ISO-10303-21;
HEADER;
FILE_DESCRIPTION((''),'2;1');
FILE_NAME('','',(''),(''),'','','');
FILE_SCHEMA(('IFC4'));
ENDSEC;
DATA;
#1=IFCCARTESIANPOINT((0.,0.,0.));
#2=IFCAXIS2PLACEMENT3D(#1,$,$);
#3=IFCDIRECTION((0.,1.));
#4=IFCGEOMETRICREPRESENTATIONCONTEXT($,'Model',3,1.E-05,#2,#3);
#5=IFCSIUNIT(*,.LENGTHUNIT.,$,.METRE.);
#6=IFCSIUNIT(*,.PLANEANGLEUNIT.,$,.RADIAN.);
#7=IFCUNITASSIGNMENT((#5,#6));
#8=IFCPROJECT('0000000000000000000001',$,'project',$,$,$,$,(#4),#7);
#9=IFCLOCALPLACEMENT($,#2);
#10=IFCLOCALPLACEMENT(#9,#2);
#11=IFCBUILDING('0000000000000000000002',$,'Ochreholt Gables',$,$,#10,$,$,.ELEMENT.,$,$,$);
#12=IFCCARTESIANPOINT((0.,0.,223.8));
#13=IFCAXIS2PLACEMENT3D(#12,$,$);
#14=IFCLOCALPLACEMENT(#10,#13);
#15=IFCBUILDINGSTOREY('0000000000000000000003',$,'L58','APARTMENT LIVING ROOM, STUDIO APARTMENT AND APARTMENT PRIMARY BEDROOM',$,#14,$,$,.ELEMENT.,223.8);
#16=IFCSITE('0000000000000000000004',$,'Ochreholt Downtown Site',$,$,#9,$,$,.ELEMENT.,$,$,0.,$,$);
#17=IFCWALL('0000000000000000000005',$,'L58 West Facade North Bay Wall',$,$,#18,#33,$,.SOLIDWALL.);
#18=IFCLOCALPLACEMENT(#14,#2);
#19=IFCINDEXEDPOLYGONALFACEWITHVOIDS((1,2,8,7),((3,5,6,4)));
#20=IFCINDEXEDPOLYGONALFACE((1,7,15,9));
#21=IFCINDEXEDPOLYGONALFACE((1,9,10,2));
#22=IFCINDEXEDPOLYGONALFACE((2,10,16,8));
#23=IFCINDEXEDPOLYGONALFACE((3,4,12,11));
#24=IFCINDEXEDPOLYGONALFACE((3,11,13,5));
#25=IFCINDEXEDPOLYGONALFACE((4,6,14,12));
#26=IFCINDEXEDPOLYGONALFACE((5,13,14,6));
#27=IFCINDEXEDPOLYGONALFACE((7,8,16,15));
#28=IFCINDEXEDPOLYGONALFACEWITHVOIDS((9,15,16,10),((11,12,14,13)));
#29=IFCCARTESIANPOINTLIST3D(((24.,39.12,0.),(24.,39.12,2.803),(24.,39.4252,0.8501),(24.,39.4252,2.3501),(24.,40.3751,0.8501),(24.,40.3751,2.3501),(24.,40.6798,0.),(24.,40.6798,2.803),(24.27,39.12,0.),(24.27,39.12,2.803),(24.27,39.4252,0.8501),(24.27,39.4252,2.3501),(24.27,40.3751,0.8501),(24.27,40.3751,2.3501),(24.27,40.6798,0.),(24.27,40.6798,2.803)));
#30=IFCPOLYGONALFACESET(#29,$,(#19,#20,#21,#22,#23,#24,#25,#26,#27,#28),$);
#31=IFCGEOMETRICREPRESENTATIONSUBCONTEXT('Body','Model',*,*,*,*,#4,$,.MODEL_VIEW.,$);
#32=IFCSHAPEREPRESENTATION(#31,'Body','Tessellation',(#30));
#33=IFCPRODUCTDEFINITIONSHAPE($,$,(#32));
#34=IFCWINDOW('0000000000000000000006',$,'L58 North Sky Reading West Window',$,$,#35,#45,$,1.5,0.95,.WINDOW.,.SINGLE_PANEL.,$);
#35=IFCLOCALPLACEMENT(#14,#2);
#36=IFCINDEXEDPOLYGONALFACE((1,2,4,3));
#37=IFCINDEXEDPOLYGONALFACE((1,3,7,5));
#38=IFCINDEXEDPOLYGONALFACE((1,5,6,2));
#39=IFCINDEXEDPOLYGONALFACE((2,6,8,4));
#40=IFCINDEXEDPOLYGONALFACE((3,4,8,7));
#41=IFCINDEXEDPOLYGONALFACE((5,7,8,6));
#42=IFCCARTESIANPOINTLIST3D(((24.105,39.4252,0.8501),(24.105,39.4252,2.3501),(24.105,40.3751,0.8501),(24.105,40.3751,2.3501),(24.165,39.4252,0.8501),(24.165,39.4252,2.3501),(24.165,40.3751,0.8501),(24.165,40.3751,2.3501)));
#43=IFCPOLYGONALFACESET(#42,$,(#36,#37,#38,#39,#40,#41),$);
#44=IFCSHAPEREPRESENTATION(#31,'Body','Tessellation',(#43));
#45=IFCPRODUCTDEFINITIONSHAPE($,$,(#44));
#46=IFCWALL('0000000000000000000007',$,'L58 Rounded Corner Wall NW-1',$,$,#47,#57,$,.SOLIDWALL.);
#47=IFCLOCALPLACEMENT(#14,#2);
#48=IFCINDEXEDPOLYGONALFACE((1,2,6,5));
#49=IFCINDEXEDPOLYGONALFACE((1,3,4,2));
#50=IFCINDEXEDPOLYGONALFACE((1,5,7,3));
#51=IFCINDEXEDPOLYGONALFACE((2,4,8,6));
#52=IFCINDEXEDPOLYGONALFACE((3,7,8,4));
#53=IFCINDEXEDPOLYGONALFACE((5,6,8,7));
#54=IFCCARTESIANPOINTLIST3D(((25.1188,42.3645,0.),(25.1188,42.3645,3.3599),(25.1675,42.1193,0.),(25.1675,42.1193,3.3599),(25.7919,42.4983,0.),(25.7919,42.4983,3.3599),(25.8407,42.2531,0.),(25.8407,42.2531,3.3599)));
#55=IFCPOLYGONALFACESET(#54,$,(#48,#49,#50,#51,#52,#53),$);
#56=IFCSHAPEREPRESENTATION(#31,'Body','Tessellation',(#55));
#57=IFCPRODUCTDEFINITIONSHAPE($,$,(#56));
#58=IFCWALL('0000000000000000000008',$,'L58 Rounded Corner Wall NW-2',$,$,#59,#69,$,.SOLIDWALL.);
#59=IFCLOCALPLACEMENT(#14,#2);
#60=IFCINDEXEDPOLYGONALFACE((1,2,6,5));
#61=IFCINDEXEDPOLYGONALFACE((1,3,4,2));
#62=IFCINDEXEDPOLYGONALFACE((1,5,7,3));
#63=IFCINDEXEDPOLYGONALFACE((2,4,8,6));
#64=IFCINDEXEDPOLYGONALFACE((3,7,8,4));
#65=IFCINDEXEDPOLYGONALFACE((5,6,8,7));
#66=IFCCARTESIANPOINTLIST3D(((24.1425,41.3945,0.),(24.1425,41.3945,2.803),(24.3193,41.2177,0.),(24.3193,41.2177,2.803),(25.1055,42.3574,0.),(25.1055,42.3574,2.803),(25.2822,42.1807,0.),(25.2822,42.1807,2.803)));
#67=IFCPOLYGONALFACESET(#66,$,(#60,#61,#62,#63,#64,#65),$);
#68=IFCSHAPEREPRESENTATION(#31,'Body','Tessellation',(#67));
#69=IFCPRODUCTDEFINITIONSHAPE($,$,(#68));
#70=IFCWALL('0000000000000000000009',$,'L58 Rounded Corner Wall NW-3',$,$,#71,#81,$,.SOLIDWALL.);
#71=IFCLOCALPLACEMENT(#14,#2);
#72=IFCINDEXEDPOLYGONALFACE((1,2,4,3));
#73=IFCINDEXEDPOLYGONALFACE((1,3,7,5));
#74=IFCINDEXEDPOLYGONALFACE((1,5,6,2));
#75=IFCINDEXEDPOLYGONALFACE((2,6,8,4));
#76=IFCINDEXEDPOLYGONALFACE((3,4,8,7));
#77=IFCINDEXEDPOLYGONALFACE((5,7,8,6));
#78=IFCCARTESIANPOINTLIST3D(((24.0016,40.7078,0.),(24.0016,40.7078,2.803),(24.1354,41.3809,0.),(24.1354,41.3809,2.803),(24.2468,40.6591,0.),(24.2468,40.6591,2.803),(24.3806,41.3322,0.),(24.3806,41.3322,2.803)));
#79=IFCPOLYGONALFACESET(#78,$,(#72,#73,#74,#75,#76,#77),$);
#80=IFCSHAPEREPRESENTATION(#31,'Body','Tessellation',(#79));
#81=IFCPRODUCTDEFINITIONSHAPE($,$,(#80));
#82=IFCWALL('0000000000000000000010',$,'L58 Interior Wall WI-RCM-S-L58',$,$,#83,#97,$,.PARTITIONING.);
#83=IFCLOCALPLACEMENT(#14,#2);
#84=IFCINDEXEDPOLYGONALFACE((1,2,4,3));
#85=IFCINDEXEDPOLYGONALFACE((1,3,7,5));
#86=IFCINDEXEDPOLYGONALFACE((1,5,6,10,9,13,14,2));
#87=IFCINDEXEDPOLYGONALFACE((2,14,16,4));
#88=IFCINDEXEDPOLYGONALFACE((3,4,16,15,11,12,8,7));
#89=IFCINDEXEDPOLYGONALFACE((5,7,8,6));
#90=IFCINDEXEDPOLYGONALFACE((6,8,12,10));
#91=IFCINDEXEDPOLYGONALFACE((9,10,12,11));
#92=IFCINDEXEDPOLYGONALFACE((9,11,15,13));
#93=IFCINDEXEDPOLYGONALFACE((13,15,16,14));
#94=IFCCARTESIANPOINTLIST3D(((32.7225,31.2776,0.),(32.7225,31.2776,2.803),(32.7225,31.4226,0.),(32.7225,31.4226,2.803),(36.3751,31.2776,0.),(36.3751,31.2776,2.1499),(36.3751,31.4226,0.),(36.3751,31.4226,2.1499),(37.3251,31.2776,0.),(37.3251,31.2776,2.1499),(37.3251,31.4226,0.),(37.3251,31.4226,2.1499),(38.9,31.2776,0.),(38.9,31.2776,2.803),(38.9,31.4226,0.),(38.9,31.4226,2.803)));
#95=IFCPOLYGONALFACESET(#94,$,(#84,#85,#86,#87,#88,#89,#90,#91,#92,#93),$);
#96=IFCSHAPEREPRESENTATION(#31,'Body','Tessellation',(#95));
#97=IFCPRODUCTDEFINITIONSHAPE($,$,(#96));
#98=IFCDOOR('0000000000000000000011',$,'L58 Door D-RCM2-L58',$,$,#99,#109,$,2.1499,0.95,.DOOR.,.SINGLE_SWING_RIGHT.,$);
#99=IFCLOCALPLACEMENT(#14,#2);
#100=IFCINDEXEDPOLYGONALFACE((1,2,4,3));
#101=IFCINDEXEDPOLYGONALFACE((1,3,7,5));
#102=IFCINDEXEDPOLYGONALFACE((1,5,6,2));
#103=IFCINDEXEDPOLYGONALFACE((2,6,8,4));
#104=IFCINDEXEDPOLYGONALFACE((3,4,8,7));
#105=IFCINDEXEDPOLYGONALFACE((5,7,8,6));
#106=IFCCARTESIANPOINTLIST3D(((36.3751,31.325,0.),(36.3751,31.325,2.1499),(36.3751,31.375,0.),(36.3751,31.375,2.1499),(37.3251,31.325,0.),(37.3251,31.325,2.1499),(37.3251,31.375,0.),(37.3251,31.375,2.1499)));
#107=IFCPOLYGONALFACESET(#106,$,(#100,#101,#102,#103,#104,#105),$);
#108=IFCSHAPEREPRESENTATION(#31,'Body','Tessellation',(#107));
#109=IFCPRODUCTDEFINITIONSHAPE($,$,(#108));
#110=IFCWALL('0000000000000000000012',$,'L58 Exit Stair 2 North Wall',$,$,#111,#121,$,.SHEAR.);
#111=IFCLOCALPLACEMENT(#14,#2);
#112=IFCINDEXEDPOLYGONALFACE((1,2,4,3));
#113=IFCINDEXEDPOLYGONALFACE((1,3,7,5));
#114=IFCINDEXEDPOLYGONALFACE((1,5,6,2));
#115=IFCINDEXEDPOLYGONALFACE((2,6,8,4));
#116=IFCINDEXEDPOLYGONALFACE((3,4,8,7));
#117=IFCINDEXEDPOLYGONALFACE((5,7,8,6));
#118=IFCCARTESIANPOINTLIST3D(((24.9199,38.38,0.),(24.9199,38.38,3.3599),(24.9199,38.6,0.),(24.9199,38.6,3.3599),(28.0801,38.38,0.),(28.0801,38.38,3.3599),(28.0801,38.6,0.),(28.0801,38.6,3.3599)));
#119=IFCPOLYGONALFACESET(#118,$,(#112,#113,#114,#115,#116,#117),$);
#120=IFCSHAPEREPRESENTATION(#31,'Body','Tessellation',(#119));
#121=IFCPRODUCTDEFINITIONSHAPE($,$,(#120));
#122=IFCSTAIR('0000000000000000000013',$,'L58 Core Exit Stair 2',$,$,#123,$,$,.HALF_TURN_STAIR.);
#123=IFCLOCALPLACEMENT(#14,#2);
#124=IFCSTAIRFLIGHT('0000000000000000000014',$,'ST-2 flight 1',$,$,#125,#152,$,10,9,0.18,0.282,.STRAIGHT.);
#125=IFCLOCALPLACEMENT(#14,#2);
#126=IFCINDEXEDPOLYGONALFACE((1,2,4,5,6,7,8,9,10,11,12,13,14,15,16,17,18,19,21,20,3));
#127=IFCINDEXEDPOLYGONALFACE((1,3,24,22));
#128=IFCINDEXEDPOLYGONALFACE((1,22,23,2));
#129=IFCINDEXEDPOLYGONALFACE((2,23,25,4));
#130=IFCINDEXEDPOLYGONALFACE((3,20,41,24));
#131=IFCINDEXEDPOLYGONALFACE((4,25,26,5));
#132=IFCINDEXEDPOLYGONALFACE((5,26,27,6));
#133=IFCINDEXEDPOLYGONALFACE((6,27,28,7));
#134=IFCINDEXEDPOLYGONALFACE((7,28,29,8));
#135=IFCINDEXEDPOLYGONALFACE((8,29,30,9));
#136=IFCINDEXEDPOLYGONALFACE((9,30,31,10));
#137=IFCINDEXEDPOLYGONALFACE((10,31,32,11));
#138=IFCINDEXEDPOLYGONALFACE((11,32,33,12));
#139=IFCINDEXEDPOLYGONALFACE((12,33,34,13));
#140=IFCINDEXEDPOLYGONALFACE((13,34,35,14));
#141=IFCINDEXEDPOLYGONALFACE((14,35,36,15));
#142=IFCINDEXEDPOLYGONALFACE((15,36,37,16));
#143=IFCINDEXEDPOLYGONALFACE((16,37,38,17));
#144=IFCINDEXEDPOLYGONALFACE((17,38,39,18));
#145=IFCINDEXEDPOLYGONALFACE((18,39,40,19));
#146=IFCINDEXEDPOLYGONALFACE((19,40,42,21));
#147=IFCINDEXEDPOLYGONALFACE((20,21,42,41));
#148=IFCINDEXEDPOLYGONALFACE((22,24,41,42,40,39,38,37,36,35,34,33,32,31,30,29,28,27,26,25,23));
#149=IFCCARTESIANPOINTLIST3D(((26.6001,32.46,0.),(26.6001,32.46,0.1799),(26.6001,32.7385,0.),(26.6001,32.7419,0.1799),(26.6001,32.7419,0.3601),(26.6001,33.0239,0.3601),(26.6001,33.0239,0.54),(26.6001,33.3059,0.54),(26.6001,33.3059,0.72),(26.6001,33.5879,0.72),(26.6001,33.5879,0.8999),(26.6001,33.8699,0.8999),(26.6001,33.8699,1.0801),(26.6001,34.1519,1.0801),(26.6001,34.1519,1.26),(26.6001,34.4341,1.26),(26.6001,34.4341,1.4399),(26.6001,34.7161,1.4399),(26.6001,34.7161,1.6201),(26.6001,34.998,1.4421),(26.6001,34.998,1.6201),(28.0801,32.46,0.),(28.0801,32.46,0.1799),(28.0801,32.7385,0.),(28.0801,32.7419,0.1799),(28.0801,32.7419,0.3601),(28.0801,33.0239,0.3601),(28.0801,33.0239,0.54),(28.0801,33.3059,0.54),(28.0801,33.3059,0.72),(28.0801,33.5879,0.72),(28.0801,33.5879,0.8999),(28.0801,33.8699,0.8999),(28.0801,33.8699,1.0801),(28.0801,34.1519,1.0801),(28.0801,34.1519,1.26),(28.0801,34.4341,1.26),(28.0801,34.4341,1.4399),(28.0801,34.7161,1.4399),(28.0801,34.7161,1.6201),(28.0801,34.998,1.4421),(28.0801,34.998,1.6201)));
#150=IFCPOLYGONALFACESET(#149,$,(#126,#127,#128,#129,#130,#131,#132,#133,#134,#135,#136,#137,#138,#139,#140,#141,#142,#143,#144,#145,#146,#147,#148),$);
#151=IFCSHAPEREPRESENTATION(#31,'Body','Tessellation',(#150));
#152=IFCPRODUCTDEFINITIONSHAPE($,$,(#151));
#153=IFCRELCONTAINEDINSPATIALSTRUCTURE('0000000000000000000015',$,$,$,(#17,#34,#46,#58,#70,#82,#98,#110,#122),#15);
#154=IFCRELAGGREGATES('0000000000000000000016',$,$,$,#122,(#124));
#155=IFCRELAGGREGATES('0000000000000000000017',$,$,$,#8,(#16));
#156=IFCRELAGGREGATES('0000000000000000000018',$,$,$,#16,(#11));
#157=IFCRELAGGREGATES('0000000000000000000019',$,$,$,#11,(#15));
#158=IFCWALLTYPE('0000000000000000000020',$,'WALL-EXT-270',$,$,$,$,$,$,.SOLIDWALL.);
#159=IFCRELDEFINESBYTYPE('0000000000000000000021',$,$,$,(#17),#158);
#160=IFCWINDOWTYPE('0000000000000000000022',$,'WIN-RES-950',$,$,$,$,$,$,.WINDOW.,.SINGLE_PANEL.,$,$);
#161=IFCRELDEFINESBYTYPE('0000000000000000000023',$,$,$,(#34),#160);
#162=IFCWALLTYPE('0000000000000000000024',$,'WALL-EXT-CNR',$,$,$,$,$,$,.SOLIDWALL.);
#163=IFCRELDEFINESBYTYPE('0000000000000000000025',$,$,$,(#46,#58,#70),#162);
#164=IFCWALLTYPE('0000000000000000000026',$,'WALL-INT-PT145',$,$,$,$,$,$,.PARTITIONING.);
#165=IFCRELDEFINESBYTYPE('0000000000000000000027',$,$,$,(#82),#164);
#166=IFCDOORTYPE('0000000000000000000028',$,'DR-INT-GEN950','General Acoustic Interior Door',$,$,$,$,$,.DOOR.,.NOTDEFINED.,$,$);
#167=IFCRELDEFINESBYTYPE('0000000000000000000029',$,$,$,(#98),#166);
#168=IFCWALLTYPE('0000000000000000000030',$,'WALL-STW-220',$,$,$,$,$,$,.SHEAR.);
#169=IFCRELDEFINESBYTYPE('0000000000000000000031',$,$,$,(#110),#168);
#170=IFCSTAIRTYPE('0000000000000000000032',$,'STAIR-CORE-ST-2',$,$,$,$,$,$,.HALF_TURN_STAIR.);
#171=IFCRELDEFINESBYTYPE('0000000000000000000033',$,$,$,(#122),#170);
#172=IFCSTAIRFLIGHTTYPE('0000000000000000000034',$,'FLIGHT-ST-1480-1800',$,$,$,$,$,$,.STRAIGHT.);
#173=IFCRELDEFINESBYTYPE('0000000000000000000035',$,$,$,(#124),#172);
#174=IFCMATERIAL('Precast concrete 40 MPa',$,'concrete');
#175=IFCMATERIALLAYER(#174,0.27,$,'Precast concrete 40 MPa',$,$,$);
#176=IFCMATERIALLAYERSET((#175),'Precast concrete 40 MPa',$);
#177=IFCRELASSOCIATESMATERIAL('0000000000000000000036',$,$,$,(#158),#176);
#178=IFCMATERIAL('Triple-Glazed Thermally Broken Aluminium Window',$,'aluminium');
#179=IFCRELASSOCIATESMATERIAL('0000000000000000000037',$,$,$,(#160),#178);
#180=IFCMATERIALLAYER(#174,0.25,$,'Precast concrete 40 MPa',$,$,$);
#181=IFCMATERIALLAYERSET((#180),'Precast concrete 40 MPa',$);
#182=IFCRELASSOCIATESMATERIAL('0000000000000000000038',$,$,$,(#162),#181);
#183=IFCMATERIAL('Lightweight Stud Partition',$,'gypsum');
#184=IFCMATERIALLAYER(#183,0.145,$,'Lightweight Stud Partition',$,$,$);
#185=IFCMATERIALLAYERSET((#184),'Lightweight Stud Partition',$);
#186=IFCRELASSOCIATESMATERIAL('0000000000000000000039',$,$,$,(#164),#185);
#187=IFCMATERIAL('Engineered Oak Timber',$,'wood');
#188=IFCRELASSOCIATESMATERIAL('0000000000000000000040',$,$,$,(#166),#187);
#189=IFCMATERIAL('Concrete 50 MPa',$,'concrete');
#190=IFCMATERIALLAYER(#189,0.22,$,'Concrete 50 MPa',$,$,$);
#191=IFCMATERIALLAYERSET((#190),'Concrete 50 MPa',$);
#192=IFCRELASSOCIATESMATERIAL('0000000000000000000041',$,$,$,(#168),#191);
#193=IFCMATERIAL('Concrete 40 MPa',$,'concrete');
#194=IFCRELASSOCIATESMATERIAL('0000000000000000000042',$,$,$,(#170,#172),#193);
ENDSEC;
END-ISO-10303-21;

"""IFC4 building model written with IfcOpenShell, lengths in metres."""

from ifc_helpers import new_model, si_unit, direction, frame, frame_2d, origin, place, context, subcontext, project, spatial, polyline, rectangle, outline, extrude, material, layer, layer_set, type_object, element, fill, aggregate, save


model = new_model("IFC4")

# Units and contexts
model_context = context("Model", 3, precision=1e-05, world=origin(), true_north=direction((0.0, 1.0)))
body_context = subcontext(model_context, "Body", "Model", "MODEL_VIEW")
ifc_project = project(units=[si_unit("LENGTHUNIT", "METRE"), si_unit("PLANEANGLEUNIT", "RADIAN")], contexts=[model_context])

# Site, building, storey
site_placement = place(None, origin())
site = spatial("IfcSite", under=ifc_project, at=site_placement, Name="Ochreholt Downtown Site", CompositionType="ELEMENT", RefElevation=0.0)
building_placement = place(site_placement, origin())
building = spatial("IfcBuilding", under=site, at=building_placement, Name="Ochreholt Gables", CompositionType="ELEMENT")
storey_placement = place(building_placement, frame((0.0, 0.0, 223.8)))
storey = spatial("IfcBuildingStorey", under=building, at=storey_placement, Name="L58", Description="APARTMENT LIVING ROOM, STUDIO APARTMENT AND APARTMENT PRIMARY BEDROOM", CompositionType="ELEMENT", Elevation=223.8)

# Shared definitions
ifc_material_1 = material(Name="Concrete 50 MPa", Category="concrete")

# Wall, opening, window
ifc_material_2 = material(Name="Precast concrete 40 MPa", Category="concrete")
ifc_layer_1 = layer(ifc_material_2, 0.27, Name="Precast concrete 40 MPa")
ifc_layer_set_1 = layer_set([ifc_layer_1], Name="Precast concrete 40 MPa")
wall_type_1 = type_object("IfcWallType", Name="WALL-EXT-270", PredefinedType="SOLIDWALL", material=ifc_layer_set_1)
wall_1_placement = place(storey_placement, frame((24.135, 39.1201, 0.0), z_axis=(0.0, 0.0, 1.0), x_axis=(0.0, 1.0, 0.0)))
wall_1 = element("IfcWall", 1, at=wall_1_placement, inside=storey, type_object=wall_type_1, Name="L58 West Facade North Bay Wall", PredefinedType="SOLIDWALL", context=body_context, shape_type="SweptSolid", body=[
    extrude(rectangle(XDim=1.5598, YDim=0.27, at=frame_2d((0.7798, 0.0))), origin(), (0.0, 0.0, 1.0), 2.803),
])
opening_1_placement = place(wall_1_placement, frame((0.3049, 0.0, 0.8501)))
opening_1 = element("IfcOpeningElement", 2, at=opening_1_placement, cuts=wall_1, PredefinedType="OPENING", context=body_context, shape_type="SweptSolid", body=[
    extrude(rectangle(XDim=0.95, YDim=1.5, at=frame_2d((0.4751, 0.75))), frame((0.0, 0.145, 0.0), z_axis=(0.0, -1.0, 0.0), x_axis=(1.0, 0.0, 0.0)), (0.0, 0.0, 1.0), 0.29),
])
ifc_material_3 = material(Name="Triple-Glazed Thermally Broken Aluminium Window", Category="aluminium")
window_type = type_object("IfcWindowType", Name="WIN-RES-950", PartitioningType="SINGLE_PANEL", PredefinedType="WINDOW", material=ifc_material_3)
window_placement = place(opening_1_placement, origin())
window = element("IfcWindow", 3, at=window_placement, inside=storey, type_object=window_type, Name="L58 North Sky Reading West Window", OverallHeight=1.5, OverallWidth=0.95, PartitioningType="SINGLE_PANEL", PredefinedType="WINDOW", context=body_context, shape_type="SweptSolid", body=[
    extrude(rectangle(XDim=0.95, YDim=1.5, at=frame_2d((0.4751, 0.75))), frame((0.0, 0.03, 0.0), z_axis=(0.0, -1.0, 0.0), x_axis=(1.0, 0.0, 0.0)), (0.0, 0.0, 1.0), 0.0601),
])
fill(opening_1, window)

# Walls
ifc_layer_2 = layer(ifc_material_2, 0.25, Name="Precast concrete 40 MPa")
ifc_layer_set_2 = layer_set([ifc_layer_2], Name="Precast concrete 40 MPa")
wall_type_2 = type_object("IfcWallType", Name="WALL-EXT-CNR", PredefinedType="SOLIDWALL", material=ifc_layer_set_2)
wall_2_placement = place(storey_placement, frame((25.8164, 42.3757, 0.0), z_axis=(0.0, 0.0, 1.0), x_axis=(-0.980813, -0.194953, 0.0)))
element("IfcWall", 4, at=wall_2_placement, inside=storey, type_object=wall_type_2, Name="L58 Rounded Corner Wall NW-1", PredefinedType="SOLIDWALL", context=body_context, shape_type="SweptSolid", body=[
    extrude(rectangle(XDim=0.6863, YDim=0.25, at=frame_2d((0.3433, 0.0))), origin(), (0.0, 0.0, 1.0), 3.3599),
])
wall_3_placement = place(storey_placement, frame((25.1938, 42.269, 0.0), z_axis=(0.0, 0.0, 1.0), x_axis=(-0.707107, -0.707107, 0.0)))
element("IfcWall", 5, at=wall_3_placement, inside=storey, type_object=wall_type_2, Name="L58 Rounded Corner Wall NW-2", PredefinedType="SOLIDWALL", context=body_context, shape_type="SweptSolid", body=[
    extrude(rectangle(XDim=1.3618, YDim=0.25, at=frame_2d((0.6809, 0.0))), origin(), (0.0, 0.0, 1.0), 2.803),
])
wall_4_placement = place(storey_placement, frame((24.2581, 41.3567, 0.0), z_axis=(0.0, 0.0, 1.0), x_axis=(-0.194953, -0.980813, 0.0)))
element("IfcWall", 6, at=wall_4_placement, inside=storey, type_object=wall_type_2, Name="L58 Rounded Corner Wall NW-3", PredefinedType="SOLIDWALL", context=body_context, shape_type="SweptSolid", body=[
    extrude(rectangle(XDim=0.6863, YDim=0.25, at=frame_2d((0.3433, 0.0))), origin(), (0.0, 0.0, 1.0), 2.803),
])

# Wall, opening, door
ifc_material_4 = material(Name="Lightweight Stud Partition", Category="gypsum")
ifc_layer_3 = layer(ifc_material_4, 0.145, Name="Lightweight Stud Partition")
ifc_layer_set_3 = layer_set([ifc_layer_3], Name="Lightweight Stud Partition")
wall_type_3 = type_object("IfcWallType", Name="WALL-INT-PT145", PredefinedType="PARTITIONING", material=ifc_layer_set_3)
wall_5_placement = place(storey_placement, frame((32.7224, 31.3501, 0.0), z_axis=(0.0, 0.0, 1.0), x_axis=(1.0, 0.0, 0.0)))
wall_5 = element("IfcWall", 7, at=wall_5_placement, inside=storey, type_object=wall_type_3, Name="L58 Interior Wall WI-RCM-S-L58", PredefinedType="PARTITIONING", context=body_context, shape_type="SweptSolid", body=[
    extrude(rectangle(XDim=6.1775, YDim=0.145, at=frame_2d((3.0889, 0.0))), origin(), (0.0, 0.0, 1.0), 2.803),
])
opening_2_placement = place(wall_5_placement, frame((3.6526, 0.0, 0.0)))
opening_2 = element("IfcOpeningElement", 8, at=opening_2_placement, cuts=wall_5, PredefinedType="OPENING", context=body_context, shape_type="SweptSolid", body=[
    extrude(rectangle(XDim=0.95, YDim=2.1499, at=frame_2d((0.4751, 1.075))), frame((0.0, 0.0825, 0.0), z_axis=(0.0, -1.0, 0.0), x_axis=(1.0, 0.0, 0.0)), (0.0, 0.0, 1.0), 0.165),
])
ifc_material_5 = material(Name="Engineered Oak Timber", Category="wood")
door_type_1 = type_object("IfcDoorType", Name="DR-INT-GEN950", Description="General Acoustic Interior Door", OperationType="NOTDEFINED", PredefinedType="DOOR", material=ifc_material_5)
door_1_placement = place(opening_2_placement, origin())
door_1 = element("IfcDoor", 9, at=door_1_placement, inside=storey, type_object=door_type_1, Name="L58 Door D-RCM2-L58", OperationType="SINGLE_SWING_RIGHT", OverallHeight=2.1499, OverallWidth=0.95, PredefinedType="DOOR", context=body_context, shape_type="SweptSolid", body=[
    extrude(rectangle(XDim=0.95, YDim=2.1499, at=frame_2d((0.4751, 1.075))), frame((0.0, 0.0249, 0.0), z_axis=(0.0, -1.0, 0.0), x_axis=(1.0, 0.0, 0.0)), (0.0, 0.0, 1.0), 0.05),
])
fill(opening_2, door_1)

# Wall
ifc_layer_4 = layer(ifc_material_1, 0.22, Name="Concrete 50 MPa")
ifc_layer_set_4 = layer_set([ifc_layer_4], Name="Concrete 50 MPa")
wall_type_4 = type_object("IfcWallType", Name="WALL-STW-220", PredefinedType="SHEAR", material=ifc_layer_set_4)
wall_6_placement = place(storey_placement, frame((24.9199, 38.49, 0.0), z_axis=(0.0, 0.0, 1.0), x_axis=(1.0, 0.0, 0.0)))
element("IfcWall", 10, at=wall_6_placement, inside=storey, type_object=wall_type_4, Name="L58 Exit Stair 2 North Wall", PredefinedType="SHEAR", context=body_context, shape_type="SweptSolid", body=[
    extrude(rectangle(XDim=3.1602, YDim=0.22, at=frame_2d((1.5801, 0.0))), origin(), (0.0, 0.0, 1.0), 3.3599),
])

# Stair, stair flight
ifc_material_6 = material(Name="Concrete 40 MPa", Category="concrete")
stair_type = type_object("IfcStairType", Name="STAIR-CORE-ST-2", PredefinedType="HALF_TURN_STAIR", material=ifc_material_6)
stair_placement = place(storey_placement, origin())
stair = element("IfcStair", 11, at=stair_placement, inside=storey, type_object=stair_type, Name="L58 Core Exit Stair 2", PredefinedType="HALF_TURN_STAIR")
stair_flight_type = type_object("IfcStairFlightType", Name="FLIGHT-ST-1480-1800", PredefinedType="STRAIGHT", material=ifc_material_6)
stair_flight_1_placement = place(storey_placement, frame((27.3401, 32.46, 0.0), z_axis=(0.0, 0.0, 1.0), x_axis=(0.0, 1.0, 0.0)))
stair_flight_1 = element("IfcStairFlight", 12, at=stair_flight_1_placement, type_object=stair_flight_type, Name="ST-2 flight 1", NumberOfRisers=10, NumberOfTreads=9, PredefinedType="STRAIGHT", RiserHeight=0.18, TreadLength=0.282, context=body_context, shape_type="SweptSolid", body=[
    extrude(outline(polyline([(0.0, 0.0), (0.0, 0.1799), (0.282, 0.1799), (0.282, 0.3601), (0.564, 0.3601), (0.564, 0.54), (0.8459, 0.54), (0.8459, 0.72), (1.1279, 0.72), (1.1279, 0.8999), (1.4099, 0.8999), (1.4099, 1.0801), (1.6919, 1.0801), (1.6919, 1.26), (1.9741, 1.26), (1.9741, 1.4399), (2.2561, 1.4399), (2.2561, 1.6201), (2.5381, 1.6201), (2.5381, 1.8), (2.5381, 1.4421), (0.2786, 0.0), (0.0, 0.0)])), frame((0.0, 0.74, 0.0), z_axis=(0.0, -1.0, 0.0), x_axis=(1.0, 0.0, 0.0)), (0.0, 0.0, 1.0), 1.48),
])
aggregate(stair, [stair_flight_1])

save(model, "model.ifc")
